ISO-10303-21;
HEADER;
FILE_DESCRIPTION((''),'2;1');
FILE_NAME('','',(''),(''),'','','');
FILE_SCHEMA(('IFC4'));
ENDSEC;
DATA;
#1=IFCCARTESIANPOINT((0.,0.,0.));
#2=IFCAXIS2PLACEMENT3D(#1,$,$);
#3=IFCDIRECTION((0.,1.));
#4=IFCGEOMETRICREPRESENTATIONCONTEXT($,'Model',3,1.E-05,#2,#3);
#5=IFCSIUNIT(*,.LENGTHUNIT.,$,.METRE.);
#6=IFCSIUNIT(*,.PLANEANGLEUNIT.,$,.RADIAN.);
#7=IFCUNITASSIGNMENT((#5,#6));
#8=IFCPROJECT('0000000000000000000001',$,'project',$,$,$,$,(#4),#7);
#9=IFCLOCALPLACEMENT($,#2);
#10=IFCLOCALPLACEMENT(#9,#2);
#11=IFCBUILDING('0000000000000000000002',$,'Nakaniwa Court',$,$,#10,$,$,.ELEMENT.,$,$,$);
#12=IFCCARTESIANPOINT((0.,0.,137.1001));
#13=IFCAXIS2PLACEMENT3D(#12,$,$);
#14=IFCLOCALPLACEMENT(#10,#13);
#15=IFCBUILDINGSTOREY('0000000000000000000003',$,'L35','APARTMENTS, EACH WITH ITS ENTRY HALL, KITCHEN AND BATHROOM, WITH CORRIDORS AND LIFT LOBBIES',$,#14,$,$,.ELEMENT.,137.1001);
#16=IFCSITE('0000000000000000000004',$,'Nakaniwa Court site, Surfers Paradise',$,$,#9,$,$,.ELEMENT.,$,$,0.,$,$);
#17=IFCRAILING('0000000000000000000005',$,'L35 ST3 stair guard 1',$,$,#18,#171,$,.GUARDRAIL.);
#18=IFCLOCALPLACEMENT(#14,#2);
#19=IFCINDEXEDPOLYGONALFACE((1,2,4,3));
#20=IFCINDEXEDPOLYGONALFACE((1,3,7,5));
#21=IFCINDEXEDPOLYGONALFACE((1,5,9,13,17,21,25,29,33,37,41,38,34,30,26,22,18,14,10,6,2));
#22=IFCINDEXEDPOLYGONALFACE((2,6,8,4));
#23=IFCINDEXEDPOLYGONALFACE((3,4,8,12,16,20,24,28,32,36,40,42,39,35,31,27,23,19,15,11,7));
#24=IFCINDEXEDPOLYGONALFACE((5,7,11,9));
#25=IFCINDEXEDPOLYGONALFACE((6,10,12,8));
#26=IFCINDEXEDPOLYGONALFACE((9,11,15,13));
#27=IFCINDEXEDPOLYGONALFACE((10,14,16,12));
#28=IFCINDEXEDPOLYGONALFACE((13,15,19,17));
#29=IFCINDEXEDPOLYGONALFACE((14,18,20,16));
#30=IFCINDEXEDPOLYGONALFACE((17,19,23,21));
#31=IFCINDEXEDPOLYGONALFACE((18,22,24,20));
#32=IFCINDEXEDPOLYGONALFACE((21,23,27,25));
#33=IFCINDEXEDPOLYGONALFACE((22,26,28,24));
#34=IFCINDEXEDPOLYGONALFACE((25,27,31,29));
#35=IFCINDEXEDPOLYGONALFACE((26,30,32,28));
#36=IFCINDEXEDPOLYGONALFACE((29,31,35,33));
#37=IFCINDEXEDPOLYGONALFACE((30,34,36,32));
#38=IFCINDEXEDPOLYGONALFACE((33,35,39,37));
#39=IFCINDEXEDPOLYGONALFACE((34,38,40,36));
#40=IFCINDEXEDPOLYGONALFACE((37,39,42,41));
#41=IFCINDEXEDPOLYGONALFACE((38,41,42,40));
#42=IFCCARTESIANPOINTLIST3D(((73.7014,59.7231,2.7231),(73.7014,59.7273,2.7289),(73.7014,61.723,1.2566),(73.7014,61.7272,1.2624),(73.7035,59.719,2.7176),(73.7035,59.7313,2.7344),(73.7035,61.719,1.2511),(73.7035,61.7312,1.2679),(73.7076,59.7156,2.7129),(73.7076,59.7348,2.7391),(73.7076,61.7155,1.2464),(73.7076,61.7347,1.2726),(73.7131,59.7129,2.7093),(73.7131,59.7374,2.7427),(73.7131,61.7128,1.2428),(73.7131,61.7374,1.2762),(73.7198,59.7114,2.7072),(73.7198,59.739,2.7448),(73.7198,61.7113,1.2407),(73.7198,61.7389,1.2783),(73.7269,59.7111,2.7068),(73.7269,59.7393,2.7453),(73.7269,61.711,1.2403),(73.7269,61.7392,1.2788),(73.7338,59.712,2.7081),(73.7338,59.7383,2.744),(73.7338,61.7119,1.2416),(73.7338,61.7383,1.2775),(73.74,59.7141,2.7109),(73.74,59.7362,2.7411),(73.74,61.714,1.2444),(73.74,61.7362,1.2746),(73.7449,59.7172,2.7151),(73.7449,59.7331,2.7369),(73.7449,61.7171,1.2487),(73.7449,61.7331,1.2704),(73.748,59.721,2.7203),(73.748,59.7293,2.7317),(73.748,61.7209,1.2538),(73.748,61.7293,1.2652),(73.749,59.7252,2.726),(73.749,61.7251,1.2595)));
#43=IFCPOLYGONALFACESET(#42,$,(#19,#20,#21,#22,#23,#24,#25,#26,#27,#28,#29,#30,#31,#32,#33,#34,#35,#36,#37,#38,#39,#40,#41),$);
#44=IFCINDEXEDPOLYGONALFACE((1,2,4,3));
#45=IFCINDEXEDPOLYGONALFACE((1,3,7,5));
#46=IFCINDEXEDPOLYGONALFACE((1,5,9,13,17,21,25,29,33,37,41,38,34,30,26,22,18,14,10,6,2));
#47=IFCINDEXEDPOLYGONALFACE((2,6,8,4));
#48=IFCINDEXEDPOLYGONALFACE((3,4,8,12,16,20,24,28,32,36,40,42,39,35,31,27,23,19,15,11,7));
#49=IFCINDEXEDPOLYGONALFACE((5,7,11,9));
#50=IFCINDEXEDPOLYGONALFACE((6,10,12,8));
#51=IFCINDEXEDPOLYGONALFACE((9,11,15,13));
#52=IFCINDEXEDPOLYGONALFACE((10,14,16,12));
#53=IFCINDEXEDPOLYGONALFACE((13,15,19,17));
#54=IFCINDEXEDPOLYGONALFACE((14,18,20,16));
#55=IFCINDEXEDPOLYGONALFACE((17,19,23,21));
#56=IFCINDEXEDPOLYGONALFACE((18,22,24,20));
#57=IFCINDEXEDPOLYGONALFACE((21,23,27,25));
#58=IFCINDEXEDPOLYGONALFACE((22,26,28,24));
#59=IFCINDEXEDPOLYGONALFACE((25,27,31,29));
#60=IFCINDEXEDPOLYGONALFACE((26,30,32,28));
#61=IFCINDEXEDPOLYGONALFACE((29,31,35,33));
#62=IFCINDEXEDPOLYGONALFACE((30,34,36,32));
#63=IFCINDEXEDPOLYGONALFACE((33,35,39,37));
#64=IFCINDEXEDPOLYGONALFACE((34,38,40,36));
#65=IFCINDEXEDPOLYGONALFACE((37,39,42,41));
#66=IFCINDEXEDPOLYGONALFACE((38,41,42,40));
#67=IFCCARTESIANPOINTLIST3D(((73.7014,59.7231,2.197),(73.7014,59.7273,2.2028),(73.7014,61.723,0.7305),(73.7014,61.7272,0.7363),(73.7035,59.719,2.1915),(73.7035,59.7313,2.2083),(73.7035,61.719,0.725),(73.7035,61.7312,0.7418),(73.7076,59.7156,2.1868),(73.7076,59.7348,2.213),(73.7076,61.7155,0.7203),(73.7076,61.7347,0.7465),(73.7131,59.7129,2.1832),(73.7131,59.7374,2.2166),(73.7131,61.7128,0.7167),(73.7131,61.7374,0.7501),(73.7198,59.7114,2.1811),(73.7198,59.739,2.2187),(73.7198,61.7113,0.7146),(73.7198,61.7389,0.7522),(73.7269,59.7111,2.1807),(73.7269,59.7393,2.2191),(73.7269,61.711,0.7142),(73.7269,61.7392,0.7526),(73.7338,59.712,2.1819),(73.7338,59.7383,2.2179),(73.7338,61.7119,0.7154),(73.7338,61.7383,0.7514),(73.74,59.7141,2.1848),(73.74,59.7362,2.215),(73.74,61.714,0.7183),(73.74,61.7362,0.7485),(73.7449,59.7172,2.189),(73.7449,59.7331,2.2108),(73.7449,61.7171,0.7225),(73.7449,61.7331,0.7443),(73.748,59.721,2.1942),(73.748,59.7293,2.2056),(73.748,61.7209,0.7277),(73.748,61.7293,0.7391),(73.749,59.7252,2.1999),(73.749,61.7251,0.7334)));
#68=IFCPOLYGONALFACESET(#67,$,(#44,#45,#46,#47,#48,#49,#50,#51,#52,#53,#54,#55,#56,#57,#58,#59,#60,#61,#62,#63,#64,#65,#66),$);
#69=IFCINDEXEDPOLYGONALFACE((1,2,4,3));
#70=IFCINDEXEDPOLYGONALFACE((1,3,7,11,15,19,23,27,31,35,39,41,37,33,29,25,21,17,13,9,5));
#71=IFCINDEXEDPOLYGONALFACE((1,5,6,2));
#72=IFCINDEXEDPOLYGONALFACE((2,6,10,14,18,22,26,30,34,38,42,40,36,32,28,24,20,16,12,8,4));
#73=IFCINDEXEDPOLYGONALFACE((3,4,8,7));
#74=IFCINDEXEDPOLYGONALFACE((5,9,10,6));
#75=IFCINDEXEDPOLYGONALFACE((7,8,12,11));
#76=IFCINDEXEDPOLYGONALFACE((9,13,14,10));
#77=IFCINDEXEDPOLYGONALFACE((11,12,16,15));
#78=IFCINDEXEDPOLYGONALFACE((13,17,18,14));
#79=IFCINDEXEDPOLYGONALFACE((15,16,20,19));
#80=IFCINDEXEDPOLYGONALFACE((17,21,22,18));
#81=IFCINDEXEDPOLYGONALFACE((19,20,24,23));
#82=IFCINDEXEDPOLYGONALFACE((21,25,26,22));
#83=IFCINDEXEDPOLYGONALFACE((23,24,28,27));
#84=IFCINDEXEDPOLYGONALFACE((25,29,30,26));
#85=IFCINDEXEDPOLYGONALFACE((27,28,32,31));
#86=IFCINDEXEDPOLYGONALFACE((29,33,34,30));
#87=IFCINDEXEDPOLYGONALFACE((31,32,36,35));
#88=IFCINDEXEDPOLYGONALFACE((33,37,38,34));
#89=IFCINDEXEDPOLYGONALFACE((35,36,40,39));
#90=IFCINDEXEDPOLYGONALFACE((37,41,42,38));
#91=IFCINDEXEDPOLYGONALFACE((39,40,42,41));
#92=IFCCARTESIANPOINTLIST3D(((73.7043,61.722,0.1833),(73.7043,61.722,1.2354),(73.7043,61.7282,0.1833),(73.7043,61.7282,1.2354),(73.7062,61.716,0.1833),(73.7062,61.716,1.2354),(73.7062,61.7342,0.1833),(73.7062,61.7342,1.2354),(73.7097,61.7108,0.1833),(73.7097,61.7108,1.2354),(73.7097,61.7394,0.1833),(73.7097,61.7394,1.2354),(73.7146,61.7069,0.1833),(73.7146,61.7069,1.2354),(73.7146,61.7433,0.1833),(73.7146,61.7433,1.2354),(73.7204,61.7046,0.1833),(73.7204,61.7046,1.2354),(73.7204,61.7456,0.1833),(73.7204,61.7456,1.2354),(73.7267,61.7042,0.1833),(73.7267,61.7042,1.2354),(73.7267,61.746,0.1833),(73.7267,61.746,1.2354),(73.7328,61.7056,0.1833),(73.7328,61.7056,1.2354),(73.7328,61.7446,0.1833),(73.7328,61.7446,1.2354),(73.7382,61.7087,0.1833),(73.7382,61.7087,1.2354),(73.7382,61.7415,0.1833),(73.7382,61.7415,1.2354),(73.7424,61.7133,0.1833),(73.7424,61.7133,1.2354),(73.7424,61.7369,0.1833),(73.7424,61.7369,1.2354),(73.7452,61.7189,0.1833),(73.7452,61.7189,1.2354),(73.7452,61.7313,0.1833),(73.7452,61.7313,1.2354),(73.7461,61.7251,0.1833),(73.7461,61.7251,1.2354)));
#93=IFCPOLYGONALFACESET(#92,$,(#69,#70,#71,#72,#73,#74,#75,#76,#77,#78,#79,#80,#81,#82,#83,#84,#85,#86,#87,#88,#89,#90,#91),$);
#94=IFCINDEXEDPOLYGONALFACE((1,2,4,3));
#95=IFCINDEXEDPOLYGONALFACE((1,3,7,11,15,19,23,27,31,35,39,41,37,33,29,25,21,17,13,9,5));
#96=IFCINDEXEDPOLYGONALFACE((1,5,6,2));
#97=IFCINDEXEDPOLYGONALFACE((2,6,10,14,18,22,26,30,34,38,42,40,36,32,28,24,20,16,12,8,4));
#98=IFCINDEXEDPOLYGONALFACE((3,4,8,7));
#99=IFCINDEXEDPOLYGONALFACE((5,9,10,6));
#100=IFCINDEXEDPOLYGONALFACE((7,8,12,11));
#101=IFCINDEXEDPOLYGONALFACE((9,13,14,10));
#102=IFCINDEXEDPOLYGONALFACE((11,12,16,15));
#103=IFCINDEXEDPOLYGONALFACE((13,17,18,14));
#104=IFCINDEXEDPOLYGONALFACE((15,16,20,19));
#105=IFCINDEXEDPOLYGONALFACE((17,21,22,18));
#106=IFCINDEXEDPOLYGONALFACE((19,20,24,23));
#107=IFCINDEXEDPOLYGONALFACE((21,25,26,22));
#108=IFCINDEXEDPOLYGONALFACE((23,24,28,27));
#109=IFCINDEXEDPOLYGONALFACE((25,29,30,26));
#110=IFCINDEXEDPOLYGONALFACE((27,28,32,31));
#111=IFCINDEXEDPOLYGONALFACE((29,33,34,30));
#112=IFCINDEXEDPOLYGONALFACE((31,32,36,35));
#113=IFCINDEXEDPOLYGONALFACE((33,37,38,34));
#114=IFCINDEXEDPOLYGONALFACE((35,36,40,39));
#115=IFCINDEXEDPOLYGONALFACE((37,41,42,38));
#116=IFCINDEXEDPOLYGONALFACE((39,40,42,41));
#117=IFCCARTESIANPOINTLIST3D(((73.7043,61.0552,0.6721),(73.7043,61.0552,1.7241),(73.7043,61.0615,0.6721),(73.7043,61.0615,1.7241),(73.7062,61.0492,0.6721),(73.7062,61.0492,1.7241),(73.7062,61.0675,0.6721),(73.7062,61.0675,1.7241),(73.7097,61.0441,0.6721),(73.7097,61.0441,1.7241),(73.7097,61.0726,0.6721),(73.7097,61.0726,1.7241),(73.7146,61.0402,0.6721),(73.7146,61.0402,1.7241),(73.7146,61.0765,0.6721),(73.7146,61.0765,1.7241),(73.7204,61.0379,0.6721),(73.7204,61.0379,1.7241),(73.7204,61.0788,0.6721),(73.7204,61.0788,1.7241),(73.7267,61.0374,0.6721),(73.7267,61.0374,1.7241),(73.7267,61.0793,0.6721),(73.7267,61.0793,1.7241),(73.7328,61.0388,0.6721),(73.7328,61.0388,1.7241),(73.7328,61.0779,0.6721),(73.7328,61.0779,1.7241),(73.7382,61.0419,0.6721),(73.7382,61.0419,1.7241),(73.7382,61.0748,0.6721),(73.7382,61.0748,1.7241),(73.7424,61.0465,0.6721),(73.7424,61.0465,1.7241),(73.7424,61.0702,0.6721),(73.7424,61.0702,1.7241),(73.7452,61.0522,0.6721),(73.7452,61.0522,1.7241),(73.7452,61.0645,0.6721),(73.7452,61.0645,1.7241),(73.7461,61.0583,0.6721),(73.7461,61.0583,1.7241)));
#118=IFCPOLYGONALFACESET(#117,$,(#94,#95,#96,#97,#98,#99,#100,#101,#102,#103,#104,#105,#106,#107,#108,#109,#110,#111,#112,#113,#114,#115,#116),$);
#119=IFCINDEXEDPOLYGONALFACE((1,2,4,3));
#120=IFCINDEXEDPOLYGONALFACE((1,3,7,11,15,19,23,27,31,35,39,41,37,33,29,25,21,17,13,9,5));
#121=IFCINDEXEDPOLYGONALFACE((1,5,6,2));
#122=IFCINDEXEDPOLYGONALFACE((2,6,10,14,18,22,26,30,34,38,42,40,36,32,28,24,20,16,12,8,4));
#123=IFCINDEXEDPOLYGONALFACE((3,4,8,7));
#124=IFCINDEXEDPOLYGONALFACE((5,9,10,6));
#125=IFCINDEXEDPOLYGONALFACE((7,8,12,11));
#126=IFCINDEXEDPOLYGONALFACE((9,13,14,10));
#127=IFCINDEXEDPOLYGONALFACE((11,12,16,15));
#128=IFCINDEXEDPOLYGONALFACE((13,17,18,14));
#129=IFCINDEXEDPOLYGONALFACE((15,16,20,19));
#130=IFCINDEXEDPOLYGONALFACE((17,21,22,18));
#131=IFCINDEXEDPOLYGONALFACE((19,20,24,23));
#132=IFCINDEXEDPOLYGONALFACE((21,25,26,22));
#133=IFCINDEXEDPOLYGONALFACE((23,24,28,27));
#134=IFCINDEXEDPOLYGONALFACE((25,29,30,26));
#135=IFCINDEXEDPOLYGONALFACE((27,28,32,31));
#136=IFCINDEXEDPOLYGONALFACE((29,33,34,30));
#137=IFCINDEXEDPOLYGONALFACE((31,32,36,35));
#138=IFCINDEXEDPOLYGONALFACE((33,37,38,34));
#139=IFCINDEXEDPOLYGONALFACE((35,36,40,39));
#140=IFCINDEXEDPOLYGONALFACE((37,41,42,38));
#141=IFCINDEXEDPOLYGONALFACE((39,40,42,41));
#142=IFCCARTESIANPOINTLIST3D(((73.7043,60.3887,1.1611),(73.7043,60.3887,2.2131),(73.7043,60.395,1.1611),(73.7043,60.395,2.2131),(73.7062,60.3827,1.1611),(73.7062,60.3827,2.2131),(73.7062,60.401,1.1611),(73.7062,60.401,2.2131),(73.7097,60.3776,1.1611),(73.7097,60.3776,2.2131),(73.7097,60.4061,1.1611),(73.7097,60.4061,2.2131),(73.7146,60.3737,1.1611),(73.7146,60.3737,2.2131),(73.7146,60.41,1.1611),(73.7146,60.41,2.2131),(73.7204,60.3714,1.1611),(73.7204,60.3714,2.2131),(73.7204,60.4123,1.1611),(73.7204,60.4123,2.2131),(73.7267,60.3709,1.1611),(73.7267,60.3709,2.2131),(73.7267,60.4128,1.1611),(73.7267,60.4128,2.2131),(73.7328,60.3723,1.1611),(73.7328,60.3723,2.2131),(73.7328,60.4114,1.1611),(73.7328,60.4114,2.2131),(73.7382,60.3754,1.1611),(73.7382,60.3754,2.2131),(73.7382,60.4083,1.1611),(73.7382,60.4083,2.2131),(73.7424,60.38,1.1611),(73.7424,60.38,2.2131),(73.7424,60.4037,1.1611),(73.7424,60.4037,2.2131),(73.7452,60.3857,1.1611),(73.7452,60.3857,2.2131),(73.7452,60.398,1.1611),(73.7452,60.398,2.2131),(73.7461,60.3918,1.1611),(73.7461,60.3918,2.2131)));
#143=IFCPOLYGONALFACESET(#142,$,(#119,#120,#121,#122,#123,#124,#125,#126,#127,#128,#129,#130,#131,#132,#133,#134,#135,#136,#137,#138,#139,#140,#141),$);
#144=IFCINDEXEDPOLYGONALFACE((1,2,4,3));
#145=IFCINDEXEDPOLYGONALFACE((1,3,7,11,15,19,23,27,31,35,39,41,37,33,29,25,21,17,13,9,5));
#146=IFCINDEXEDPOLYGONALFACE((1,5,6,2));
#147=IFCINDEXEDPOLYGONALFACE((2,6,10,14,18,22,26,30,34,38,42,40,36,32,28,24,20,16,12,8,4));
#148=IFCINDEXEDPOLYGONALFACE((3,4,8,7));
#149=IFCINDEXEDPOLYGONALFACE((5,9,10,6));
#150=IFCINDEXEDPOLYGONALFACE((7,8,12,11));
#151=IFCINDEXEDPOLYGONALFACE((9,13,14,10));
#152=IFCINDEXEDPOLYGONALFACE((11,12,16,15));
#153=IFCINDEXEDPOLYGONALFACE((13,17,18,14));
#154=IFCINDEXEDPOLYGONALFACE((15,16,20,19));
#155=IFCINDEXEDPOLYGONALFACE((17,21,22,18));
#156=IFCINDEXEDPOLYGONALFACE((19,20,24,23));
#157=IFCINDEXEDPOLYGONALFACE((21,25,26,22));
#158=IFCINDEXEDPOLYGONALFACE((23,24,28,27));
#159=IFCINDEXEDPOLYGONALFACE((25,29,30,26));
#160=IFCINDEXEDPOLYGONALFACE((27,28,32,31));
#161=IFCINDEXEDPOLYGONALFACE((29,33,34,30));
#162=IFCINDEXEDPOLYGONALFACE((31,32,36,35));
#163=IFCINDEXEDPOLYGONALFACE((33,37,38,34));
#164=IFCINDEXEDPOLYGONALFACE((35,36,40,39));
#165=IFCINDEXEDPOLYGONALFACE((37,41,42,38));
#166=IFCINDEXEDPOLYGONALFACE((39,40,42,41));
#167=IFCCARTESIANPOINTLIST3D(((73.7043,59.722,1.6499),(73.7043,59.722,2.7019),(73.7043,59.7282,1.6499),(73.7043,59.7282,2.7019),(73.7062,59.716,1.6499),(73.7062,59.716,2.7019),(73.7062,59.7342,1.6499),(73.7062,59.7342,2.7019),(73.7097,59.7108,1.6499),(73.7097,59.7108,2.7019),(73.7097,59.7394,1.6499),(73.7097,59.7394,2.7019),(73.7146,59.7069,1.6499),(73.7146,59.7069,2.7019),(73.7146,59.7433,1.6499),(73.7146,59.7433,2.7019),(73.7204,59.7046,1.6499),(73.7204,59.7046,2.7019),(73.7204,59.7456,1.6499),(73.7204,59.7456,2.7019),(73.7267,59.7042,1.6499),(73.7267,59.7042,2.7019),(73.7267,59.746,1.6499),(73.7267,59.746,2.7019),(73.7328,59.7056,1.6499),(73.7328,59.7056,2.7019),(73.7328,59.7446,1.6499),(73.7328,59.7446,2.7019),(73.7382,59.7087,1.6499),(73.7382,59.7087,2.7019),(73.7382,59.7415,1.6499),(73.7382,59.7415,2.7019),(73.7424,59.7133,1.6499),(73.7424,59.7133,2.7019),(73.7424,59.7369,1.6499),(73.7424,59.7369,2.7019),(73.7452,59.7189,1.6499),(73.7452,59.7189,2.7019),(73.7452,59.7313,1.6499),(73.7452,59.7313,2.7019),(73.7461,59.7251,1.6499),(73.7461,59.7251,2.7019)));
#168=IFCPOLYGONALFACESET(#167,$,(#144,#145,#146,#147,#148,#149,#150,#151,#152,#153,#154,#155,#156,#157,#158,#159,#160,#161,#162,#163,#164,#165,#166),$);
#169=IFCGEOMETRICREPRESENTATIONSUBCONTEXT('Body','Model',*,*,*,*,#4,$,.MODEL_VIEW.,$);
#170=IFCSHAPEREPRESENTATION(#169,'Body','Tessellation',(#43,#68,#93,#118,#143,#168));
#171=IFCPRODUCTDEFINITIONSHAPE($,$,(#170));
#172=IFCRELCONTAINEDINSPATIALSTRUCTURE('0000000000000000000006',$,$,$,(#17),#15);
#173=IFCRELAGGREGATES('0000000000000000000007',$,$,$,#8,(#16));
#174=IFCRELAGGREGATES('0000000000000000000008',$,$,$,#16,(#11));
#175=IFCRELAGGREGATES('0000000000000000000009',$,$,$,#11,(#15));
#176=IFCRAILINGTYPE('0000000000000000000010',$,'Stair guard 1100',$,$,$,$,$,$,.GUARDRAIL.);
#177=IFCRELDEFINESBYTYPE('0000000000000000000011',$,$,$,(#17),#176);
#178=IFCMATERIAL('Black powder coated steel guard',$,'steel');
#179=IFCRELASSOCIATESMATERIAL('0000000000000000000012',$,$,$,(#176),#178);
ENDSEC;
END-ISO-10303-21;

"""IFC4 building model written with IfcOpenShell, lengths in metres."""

from ifc_helpers import new_model, si_unit, direction, frame, origin, origin_2d, place, context, subcontext, project, spatial, circle, extrude, material, type_object, element, save


model = new_model("IFC4")

# Units and contexts
model_context = context("Model", 3, precision=1e-05, world=origin(), true_north=direction((0.0, 1.0)))
body_context = subcontext(model_context, "Body", "Model", "MODEL_VIEW")
ifc_project = project(units=[si_unit("LENGTHUNIT", "METRE"), si_unit("PLANEANGLEUNIT", "RADIAN")], contexts=[model_context])

# Site, building, storey
site_placement = place(None, origin())
site = spatial("IfcSite", under=ifc_project, at=site_placement, Name="Nakaniwa Court site, Surfers Paradise", CompositionType="ELEMENT", RefElevation=0.0)
building_placement = place(site_placement, origin())
building = spatial("IfcBuilding", under=site, at=building_placement, Name="Nakaniwa Court", CompositionType="ELEMENT")
storey_placement = place(building_placement, frame((0.0, 0.0, 137.1001)))
storey = spatial("IfcBuildingStorey", under=building, at=storey_placement, Name="L35", Description="APARTMENTS, EACH WITH ITS ENTRY HALL, KITCHEN AND BATHROOM, WITH CORRIDORS AND LIFT LOBBIES", CompositionType="ELEMENT", Elevation=137.1001)

# Railing
ifc_material_1 = material(Name="Black powder coated steel guard", Category="steel")
railing_type_1 = type_object("IfcRailingType", Name="Stair guard 1100", PredefinedType="GUARDRAIL", material=ifc_material_1)
railing_1_placement = place(storey_placement, frame((73.7251, 61.7251, 0.1833)))
element("IfcRailing", 1, at=railing_1_placement, inside=storey, type_object=railing_type_1, Name="L35 ST3 stair guard 1", PredefinedType="GUARDRAIL", context=body_context, shape_type="SweptSolid", body=[
    extrude(circle(Radius=0.0239, at=origin_2d()), frame((0.0, 0.0, 1.0762), z_axis=(0.0, -0.806427, 0.591334), x_axis=(1.0, 0.0, 0.0)), (0.0, 0.0, 1.0), 2.48),
    extrude(circle(Radius=0.0239, at=origin_2d()), frame((0.0, 0.0, 0.55), z_axis=(0.0, -0.806427, 0.591334), x_axis=(1.0, 0.0, 0.0)), (0.0, 0.0, 1.0), 2.48),
    extrude(circle(Radius=0.021, at=origin_2d()), origin(), (0.0, 0.0, 1.0), 1.052),
    extrude(circle(Radius=0.021, at=origin_2d()), frame((0.0, -0.6667, 0.4888)), (0.0, 0.0, 1.0), 1.052),
    extrude(circle(Radius=0.021, at=origin_2d()), frame((0.0, -1.3333, 0.9778)), (0.0, 0.0, 1.0), 1.052),
    extrude(circle(Radius=0.021, at=origin_2d()), frame((0.0, -2.0, 1.4666)), (0.0, 0.0, 1.0), 1.052),
])

save(model, "model.ifc")
